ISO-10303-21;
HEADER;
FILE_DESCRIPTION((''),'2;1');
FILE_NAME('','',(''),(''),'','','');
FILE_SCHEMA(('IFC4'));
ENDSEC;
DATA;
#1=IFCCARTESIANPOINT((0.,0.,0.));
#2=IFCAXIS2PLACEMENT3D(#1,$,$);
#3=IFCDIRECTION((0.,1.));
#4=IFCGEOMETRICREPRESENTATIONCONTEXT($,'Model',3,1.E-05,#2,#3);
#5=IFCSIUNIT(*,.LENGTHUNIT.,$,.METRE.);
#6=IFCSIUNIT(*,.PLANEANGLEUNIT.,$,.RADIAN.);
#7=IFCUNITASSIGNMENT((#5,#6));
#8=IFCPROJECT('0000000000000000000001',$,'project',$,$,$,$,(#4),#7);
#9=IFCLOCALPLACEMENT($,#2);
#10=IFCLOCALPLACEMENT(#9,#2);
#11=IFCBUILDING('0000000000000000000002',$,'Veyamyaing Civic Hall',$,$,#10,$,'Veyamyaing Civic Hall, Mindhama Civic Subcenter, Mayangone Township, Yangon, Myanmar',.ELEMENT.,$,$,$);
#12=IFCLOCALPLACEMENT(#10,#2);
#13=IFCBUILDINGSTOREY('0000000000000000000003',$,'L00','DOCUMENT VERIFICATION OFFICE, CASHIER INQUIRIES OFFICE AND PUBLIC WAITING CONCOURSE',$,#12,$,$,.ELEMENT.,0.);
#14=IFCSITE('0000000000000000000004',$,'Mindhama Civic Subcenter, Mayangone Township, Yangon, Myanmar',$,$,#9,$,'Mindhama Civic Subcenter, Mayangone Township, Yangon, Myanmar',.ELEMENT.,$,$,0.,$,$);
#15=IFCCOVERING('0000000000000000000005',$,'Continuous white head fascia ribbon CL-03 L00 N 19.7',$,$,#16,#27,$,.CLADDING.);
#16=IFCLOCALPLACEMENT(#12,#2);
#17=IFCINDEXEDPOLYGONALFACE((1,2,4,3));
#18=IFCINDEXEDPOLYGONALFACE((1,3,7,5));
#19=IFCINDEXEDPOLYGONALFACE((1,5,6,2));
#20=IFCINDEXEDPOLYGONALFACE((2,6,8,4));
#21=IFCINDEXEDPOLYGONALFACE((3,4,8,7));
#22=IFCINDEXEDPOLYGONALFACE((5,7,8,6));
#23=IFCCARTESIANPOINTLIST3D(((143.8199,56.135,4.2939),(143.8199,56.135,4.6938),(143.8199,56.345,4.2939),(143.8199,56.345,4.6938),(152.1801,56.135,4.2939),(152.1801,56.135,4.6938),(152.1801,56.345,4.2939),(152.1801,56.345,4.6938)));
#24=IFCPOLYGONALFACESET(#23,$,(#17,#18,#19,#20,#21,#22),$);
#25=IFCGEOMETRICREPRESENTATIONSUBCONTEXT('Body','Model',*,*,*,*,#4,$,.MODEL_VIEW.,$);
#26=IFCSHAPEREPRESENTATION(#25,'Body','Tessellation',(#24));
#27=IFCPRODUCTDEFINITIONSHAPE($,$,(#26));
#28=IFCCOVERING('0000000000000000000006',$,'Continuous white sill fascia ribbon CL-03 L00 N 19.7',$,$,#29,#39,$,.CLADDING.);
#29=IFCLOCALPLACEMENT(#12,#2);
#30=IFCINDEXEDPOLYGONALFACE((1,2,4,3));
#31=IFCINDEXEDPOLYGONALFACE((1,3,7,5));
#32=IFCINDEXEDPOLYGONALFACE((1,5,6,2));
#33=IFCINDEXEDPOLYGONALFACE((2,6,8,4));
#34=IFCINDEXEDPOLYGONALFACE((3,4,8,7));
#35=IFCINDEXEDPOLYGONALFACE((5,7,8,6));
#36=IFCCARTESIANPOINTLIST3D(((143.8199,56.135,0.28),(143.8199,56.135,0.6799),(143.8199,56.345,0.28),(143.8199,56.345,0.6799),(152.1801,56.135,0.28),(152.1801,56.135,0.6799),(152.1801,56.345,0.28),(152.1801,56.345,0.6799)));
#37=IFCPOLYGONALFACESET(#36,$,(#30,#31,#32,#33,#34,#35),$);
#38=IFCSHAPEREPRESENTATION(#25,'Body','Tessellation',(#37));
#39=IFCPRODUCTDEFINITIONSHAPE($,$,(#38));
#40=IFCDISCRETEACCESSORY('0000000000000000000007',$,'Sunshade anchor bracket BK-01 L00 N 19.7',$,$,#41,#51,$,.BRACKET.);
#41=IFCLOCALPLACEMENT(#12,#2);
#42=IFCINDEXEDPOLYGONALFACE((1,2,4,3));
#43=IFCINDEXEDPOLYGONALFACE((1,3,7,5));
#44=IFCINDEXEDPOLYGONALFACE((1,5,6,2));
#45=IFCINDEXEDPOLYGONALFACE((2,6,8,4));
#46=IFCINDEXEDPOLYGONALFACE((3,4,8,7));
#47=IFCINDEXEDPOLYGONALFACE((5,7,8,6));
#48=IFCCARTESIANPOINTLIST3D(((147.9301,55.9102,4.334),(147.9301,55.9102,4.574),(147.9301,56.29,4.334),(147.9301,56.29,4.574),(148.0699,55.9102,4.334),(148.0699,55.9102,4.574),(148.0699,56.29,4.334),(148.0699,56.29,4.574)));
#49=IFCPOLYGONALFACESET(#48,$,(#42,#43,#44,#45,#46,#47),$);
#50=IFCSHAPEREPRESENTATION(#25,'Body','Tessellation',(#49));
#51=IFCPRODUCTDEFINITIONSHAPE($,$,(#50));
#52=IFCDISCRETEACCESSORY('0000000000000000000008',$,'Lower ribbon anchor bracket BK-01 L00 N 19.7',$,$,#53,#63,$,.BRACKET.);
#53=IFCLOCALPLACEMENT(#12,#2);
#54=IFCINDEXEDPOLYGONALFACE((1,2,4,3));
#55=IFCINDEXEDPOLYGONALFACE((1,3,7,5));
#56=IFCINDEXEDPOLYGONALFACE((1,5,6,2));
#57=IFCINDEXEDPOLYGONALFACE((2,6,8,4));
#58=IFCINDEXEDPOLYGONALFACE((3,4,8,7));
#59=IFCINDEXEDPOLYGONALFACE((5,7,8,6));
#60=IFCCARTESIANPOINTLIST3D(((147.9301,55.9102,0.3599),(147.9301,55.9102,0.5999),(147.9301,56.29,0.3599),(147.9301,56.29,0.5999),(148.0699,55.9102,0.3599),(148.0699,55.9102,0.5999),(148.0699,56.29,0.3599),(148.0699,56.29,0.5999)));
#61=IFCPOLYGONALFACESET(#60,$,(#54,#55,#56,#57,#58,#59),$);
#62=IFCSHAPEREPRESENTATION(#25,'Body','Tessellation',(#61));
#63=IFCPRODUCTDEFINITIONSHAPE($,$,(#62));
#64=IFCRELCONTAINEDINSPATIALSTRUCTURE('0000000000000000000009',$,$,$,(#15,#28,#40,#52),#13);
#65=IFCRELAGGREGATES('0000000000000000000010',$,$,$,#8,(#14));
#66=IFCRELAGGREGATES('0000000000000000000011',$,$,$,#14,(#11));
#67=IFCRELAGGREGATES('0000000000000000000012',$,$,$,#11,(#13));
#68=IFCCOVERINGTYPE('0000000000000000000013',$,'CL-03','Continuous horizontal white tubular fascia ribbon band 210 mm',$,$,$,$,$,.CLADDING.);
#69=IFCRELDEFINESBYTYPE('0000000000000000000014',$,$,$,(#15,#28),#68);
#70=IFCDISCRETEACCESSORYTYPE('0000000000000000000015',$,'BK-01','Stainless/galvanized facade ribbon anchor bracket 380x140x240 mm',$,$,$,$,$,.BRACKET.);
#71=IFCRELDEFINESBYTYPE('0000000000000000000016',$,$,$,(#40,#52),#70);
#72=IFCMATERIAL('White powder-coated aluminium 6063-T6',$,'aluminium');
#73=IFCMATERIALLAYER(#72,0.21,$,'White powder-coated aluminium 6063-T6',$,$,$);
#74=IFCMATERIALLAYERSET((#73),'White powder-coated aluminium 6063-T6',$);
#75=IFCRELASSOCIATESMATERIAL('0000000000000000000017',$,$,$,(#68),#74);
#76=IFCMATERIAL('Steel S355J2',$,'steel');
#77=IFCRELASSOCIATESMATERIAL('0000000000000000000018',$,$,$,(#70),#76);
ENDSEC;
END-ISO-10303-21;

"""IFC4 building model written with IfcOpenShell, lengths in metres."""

from ifc_helpers import new_model, si_unit, direction, frame, origin, origin_2d, place, context, subcontext, project, spatial, rectangle, extrude, material, layer, layer_set, type_object, element, save


model = new_model("IFC4")

# Units and contexts
model_context = context("Model", 3, precision=1e-05, world=origin(), true_north=direction((0.0, 1.0)))
body_context = subcontext(model_context, "Body", "Model", "MODEL_VIEW")
ifc_project = project(units=[si_unit("LENGTHUNIT", "METRE"), si_unit("PLANEANGLEUNIT", "RADIAN")], contexts=[model_context])

# Site, building, storey
site_placement = place(None, origin())
site = spatial("IfcSite", under=ifc_project, at=site_placement, Name="Mindhama Civic Subcenter, Mayangone Township, Yangon, Myanmar", LongName="Mindhama Civic Subcenter, Mayangone Township, Yangon, Myanmar", CompositionType="ELEMENT", RefElevation=0.0)
building_placement = place(site_placement, origin())
building = spatial("IfcBuilding", under=site, at=building_placement, Name="Veyamyaing Civic Hall", LongName="Veyamyaing Civic Hall, Mindhama Civic Subcenter, Mayangone Township, Yangon, Myanmar", CompositionType="ELEMENT")
storey_placement = place(building_placement, origin())
storey = spatial("IfcBuildingStorey", under=building, at=storey_placement, Name="L00", Description="DOCUMENT VERIFICATION OFFICE, CASHIER INQUIRIES OFFICE AND PUBLIC WAITING CONCOURSE", CompositionType="ELEMENT", Elevation=0.0)

# Coverings
ifc_material_1 = material(Name="White powder-coated aluminium 6063-T6", Category="aluminium")
ifc_layer_1 = layer(ifc_material_1, 0.21, Name="White powder-coated aluminium 6063-T6")
ifc_layer_set_1 = layer_set([ifc_layer_1], Name="White powder-coated aluminium 6063-T6")
covering_type = type_object("IfcCoveringType", Name="CL-03", Description="Continuous horizontal white tubular fascia ribbon band 210 mm", PredefinedType="CLADDING", material=ifc_layer_set_1)
for number, where, z_axis, x_axis, name in (
    (1, (148.0, 56.24, 4.2939), (0.0, 0.0, 1.0), (1.0, 0.0, 0.0), "Continuous white head fascia ribbon CL-03 L00 N 19.7"),
    (2, (148.0, 56.24, 0.28), (0.0, 0.0, 1.0), (1.0, 0.0, 0.0), "Continuous white sill fascia ribbon CL-03 L00 N 19.7"),
):
    element("IfcCovering", number, at=place(storey_placement, frame(where, z_axis=z_axis, x_axis=x_axis)), inside=storey, type_object=covering_type, Name=name, PredefinedType="CLADDING", context=body_context, shape_type="SweptSolid", body=[
        extrude(rectangle(XDim=8.3601, YDim=0.21, at=origin_2d()), origin(), (0.0, 0.0, 1.0), 0.3999),
    ])

# Discrete accessories
ifc_material_2 = material(Name="Steel S355J2", Category="steel")
discrete_accessory_type = type_object("IfcDiscreteAccessoryType", Name="BK-01", Description="Stainless/galvanized facade ribbon anchor bracket 380x140x240 mm", PredefinedType="BRACKET", material=ifc_material_2)
for number, where, z_axis, x_axis, name in (
    (3, (148.0, 56.1001, 4.334), (0.0, 0.0, 1.0), (0.0, 1.0, 0.0), "Sunshade anchor bracket BK-01 L00 N 19.7"),
    (4, (148.0, 56.1001, 0.3599), (0.0, 0.0, 1.0), (0.0, 1.0, 0.0), "Lower ribbon anchor bracket BK-01 L00 N 19.7"),
):
    element("IfcDiscreteAccessory", number, at=place(storey_placement, frame(where, z_axis=z_axis, x_axis=x_axis)), inside=storey, type_object=discrete_accessory_type, Name=name, PredefinedType="BRACKET", context=body_context, shape_type="SweptSolid", body=[
        extrude(rectangle(XDim=0.3799, YDim=0.1399, at=origin_2d()), origin(), (0.0, 0.0, 1.0), 0.24),
    ])

save(model, "model.ifc")
